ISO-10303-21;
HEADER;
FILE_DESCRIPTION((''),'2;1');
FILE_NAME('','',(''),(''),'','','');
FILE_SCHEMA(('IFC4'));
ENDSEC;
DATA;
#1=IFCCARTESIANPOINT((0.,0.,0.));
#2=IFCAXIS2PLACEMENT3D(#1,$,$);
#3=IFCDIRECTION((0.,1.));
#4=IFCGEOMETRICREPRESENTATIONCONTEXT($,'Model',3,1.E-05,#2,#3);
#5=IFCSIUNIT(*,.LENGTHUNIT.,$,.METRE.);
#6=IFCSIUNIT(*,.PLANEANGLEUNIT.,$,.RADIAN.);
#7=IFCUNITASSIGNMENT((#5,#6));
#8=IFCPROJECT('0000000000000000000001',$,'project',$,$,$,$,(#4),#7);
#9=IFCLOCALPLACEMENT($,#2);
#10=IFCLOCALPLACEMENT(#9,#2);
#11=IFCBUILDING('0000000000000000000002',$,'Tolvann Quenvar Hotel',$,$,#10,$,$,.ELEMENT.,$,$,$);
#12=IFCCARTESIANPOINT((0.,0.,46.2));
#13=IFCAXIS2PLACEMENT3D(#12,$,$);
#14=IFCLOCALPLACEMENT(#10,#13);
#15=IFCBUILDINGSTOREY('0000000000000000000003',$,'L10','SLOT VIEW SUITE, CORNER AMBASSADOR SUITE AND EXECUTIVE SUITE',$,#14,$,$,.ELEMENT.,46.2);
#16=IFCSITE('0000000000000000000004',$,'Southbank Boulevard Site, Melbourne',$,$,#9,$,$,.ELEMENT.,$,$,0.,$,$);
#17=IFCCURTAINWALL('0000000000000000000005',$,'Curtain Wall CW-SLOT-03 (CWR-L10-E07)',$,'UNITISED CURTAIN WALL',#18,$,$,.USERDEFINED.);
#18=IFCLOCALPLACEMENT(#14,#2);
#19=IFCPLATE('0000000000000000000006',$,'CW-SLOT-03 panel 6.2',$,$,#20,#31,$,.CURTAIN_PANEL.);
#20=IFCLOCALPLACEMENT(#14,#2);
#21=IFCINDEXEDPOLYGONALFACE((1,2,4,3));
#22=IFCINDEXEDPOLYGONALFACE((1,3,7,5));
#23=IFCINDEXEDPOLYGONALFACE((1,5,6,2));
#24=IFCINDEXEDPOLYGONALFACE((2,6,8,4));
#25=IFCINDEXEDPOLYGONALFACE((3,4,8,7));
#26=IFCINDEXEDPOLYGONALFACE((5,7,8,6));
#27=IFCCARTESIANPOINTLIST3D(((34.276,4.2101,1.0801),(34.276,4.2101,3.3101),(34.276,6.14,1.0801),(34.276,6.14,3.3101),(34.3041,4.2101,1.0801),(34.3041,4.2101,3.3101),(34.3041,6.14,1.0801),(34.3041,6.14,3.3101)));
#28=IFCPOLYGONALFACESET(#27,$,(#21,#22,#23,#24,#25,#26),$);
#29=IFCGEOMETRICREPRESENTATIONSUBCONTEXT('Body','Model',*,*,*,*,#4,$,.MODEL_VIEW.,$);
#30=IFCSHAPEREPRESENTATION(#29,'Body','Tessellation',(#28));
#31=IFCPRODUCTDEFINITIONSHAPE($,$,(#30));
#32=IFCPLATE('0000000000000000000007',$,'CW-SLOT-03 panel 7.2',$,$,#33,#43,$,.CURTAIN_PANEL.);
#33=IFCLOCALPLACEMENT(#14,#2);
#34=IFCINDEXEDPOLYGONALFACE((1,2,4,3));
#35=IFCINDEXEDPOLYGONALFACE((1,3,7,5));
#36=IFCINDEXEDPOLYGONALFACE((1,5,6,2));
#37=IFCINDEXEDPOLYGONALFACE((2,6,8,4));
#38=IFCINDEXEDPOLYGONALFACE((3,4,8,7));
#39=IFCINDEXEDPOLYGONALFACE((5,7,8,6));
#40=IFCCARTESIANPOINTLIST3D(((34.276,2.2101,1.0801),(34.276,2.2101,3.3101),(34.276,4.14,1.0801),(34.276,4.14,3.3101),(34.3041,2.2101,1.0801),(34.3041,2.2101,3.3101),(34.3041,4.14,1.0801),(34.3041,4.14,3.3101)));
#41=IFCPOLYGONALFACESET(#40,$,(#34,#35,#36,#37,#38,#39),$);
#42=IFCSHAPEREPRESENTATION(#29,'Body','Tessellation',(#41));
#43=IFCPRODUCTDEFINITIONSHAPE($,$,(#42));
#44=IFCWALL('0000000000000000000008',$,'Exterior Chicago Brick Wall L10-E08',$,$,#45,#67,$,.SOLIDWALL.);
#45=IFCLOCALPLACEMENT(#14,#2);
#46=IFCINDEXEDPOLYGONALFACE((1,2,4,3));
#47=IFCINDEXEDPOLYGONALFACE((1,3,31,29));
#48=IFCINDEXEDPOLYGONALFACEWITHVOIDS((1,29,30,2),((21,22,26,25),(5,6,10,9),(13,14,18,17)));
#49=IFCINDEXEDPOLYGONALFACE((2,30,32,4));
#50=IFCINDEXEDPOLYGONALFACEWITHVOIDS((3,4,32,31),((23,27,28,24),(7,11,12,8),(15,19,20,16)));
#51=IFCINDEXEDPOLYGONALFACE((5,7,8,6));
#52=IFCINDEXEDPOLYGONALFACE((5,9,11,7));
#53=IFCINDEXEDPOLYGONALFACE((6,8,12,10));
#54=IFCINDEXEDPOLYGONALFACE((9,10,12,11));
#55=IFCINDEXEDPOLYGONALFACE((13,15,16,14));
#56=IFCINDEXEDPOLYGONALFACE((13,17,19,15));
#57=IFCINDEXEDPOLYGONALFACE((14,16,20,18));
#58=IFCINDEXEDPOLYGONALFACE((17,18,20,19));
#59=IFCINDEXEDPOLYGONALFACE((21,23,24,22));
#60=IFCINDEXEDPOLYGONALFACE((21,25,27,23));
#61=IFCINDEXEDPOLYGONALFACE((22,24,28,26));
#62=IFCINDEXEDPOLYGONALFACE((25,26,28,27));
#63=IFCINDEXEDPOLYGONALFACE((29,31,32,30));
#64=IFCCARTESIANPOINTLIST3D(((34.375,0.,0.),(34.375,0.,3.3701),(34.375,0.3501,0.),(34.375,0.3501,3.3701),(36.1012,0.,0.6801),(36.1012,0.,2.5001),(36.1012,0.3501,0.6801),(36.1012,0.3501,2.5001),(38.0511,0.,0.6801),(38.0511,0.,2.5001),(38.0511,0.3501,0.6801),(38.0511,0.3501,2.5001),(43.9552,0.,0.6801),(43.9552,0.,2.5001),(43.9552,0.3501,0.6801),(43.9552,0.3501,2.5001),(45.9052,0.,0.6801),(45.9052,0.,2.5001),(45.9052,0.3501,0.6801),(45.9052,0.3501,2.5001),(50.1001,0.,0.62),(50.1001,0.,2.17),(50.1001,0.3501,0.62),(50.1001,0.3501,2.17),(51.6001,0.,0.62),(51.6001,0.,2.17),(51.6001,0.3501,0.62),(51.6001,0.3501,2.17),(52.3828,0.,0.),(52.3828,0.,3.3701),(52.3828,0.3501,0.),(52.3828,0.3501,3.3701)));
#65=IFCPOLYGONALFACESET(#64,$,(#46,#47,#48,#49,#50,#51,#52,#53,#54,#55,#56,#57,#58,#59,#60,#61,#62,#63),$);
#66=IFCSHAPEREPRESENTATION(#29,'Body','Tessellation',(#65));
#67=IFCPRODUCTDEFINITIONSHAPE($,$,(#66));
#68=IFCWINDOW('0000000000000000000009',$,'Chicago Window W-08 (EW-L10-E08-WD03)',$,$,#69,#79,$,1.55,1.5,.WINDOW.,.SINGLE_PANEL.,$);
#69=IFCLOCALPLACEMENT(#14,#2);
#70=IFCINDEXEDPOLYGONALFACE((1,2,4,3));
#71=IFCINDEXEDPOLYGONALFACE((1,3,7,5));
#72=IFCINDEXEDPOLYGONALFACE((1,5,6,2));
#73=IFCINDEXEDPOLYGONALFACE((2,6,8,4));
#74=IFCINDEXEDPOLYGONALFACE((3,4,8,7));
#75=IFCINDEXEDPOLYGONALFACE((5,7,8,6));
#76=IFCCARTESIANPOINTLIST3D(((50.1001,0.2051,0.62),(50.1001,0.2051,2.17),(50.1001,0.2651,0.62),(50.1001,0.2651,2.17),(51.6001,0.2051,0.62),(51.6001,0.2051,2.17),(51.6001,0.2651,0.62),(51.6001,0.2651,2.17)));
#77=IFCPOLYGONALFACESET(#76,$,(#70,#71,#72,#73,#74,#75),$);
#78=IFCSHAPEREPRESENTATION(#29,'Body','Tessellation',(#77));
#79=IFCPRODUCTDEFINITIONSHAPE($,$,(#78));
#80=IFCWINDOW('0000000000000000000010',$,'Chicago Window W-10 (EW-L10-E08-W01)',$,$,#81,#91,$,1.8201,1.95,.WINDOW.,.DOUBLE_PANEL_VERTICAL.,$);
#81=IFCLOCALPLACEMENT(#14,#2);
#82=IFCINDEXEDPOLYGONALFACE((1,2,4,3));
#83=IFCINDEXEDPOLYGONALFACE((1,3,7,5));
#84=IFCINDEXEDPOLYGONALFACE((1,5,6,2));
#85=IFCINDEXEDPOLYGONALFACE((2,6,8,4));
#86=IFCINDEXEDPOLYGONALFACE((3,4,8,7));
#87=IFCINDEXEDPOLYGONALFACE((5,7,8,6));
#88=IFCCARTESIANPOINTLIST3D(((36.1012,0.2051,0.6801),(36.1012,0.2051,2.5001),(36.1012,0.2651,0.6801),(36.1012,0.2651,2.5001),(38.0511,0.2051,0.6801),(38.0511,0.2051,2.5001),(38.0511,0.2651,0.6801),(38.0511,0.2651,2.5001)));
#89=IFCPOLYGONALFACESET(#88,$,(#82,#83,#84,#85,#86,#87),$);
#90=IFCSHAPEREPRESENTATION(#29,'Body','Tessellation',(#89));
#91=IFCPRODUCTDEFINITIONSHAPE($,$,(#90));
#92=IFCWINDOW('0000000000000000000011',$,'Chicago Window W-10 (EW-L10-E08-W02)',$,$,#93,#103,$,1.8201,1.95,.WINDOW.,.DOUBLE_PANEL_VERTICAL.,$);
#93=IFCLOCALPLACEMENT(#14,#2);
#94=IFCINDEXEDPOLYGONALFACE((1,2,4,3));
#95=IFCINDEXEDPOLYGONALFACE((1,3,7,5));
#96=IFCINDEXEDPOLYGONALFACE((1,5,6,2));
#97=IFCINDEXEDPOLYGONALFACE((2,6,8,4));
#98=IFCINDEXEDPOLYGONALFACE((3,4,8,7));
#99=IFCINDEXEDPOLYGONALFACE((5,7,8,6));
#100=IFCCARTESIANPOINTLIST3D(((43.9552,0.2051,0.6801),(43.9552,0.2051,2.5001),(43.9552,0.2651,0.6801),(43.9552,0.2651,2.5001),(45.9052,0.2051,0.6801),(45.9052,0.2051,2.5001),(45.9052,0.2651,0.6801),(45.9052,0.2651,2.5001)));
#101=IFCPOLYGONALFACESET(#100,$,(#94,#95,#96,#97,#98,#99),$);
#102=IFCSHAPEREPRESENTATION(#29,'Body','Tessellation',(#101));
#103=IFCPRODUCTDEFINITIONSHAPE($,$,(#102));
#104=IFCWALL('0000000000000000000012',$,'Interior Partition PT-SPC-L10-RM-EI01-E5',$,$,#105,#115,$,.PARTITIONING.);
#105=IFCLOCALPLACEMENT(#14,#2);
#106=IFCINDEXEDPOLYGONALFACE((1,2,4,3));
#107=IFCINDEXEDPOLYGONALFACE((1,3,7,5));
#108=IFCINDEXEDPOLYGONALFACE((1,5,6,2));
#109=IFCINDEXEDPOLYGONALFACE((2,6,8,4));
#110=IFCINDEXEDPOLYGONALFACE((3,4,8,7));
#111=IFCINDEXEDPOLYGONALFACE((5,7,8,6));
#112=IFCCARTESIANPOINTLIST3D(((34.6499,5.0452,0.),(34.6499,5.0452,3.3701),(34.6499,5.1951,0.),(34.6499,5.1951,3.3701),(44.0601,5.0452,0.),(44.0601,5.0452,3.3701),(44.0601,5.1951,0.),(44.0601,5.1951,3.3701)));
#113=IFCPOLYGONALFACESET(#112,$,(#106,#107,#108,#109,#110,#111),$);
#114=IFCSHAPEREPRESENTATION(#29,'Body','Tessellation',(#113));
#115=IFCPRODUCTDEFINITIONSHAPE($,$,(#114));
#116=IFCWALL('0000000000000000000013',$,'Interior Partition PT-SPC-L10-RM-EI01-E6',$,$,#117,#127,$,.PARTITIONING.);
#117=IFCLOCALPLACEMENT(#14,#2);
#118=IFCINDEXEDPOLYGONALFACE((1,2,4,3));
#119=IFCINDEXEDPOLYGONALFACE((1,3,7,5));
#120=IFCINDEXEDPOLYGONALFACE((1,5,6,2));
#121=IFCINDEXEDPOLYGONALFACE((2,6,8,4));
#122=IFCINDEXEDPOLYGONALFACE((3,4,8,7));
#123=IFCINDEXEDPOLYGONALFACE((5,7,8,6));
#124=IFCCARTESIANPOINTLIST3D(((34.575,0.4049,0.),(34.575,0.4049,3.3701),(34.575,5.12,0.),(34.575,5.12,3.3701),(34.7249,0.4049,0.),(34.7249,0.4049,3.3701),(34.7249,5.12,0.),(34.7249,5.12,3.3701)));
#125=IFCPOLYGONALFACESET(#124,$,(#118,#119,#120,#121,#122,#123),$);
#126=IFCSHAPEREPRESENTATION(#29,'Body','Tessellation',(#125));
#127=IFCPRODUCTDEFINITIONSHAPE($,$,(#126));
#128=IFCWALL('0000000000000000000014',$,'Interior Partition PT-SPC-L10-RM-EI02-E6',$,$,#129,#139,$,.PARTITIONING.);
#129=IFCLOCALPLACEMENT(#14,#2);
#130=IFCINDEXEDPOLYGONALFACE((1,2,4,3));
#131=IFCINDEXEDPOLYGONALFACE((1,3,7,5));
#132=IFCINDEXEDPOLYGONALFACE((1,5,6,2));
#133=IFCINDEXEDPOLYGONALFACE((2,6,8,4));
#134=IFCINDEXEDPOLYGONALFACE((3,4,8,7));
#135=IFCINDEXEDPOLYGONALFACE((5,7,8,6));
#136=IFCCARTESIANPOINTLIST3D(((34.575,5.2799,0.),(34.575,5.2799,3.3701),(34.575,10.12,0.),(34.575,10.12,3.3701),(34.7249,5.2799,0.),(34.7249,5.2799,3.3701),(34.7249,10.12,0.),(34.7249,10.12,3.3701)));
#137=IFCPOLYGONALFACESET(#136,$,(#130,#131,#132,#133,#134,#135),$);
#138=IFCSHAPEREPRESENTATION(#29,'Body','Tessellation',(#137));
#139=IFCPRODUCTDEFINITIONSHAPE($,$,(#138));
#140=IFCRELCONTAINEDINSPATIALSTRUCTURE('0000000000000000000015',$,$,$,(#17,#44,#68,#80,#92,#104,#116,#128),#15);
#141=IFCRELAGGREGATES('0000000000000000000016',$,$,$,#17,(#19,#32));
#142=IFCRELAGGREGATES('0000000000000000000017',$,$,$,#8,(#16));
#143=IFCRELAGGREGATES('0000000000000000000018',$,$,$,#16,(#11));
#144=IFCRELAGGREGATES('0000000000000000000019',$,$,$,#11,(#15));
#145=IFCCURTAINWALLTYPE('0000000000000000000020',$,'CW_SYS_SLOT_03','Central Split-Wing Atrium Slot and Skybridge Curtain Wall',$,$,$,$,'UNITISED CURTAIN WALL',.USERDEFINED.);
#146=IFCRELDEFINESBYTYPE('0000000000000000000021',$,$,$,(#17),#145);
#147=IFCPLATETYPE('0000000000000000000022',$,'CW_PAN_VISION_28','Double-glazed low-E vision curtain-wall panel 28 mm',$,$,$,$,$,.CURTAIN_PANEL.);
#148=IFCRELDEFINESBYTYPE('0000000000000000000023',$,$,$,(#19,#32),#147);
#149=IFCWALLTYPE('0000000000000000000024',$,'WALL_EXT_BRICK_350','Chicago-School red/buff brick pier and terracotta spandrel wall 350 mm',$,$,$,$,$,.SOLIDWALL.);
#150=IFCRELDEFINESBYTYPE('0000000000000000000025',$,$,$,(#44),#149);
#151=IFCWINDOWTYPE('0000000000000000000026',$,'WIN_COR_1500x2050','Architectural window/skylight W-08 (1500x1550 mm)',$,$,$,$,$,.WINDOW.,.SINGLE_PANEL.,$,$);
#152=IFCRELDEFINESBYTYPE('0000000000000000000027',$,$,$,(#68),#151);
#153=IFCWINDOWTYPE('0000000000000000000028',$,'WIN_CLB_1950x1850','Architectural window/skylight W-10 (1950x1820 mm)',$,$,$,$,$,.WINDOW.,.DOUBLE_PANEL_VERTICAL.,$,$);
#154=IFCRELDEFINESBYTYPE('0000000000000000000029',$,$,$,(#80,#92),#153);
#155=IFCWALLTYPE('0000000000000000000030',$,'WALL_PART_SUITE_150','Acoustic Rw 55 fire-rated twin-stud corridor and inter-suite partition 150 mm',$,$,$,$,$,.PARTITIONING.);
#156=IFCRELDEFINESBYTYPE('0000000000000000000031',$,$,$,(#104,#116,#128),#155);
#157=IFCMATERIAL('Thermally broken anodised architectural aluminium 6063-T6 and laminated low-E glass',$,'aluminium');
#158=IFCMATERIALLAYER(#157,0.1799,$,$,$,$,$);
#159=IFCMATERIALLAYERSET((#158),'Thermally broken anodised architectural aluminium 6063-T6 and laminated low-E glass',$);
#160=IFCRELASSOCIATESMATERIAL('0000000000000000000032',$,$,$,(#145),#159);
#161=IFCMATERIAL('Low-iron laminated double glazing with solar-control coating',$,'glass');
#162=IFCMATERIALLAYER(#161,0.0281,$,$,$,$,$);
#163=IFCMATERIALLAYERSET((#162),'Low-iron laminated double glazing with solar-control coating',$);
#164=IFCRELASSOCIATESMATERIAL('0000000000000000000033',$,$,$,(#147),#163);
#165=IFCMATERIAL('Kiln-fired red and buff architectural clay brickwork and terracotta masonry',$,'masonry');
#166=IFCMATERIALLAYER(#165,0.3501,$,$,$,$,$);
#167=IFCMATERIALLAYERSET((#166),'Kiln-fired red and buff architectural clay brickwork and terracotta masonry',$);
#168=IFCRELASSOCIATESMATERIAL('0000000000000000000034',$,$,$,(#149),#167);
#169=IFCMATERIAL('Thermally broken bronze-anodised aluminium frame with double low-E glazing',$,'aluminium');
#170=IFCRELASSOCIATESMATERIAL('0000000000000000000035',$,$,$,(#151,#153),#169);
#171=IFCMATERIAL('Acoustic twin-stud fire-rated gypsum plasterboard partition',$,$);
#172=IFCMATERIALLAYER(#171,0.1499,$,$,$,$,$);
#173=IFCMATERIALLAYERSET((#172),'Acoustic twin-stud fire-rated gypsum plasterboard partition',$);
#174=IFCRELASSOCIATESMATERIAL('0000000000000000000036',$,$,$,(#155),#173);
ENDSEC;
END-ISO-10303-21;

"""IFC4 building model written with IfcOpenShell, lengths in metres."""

from ifc_helpers import new_model, si_unit, direction, frame, frame_2d, origin, origin_2d, place, context, subcontext, project, spatial, rectangle, extrude, source, transform, mapped, material, layer, layer_set, type_object, type_shapes, element, fill, aggregate, save


model = new_model("IFC4")

# Units and contexts
model_context = context("Model", 3, precision=1e-05, world=origin(), true_north=direction((0.0, 1.0)))
body_context = subcontext(model_context, "Body", "Model", "MODEL_VIEW")
ifc_project = project(units=[si_unit("LENGTHUNIT", "METRE"), si_unit("PLANEANGLEUNIT", "RADIAN")], contexts=[model_context])

# Site, building, storey
site_placement = place(None, origin())
site = spatial("IfcSite", under=ifc_project, at=site_placement, Name="Southbank Boulevard Site, Melbourne", CompositionType="ELEMENT", RefElevation=0.0)
building_placement = place(site_placement, origin())
building = spatial("IfcBuilding", under=site, at=building_placement, Name="Tolvann Quenvar Hotel", CompositionType="ELEMENT")
storey_placement = place(building_placement, frame((0.0, 0.0, 46.2)))
storey = spatial("IfcBuildingStorey", under=building, at=storey_placement, Name="L10", Description="SLOT VIEW SUITE, CORNER AMBASSADOR SUITE AND EXECUTIVE SUITE", CompositionType="ELEMENT", Elevation=46.2)

# Curtain wall, plates
ifc_material_1 = material(Name="Thermally broken anodised architectural aluminium 6063-T6 and laminated low-E glass", Category="aluminium")
ifc_layer_1 = layer(ifc_material_1, 0.1799)
ifc_layer_set_1 = layer_set([ifc_layer_1], Name="Thermally broken anodised architectural aluminium 6063-T6 and laminated low-E glass")
curtain_wall_type = type_object("IfcCurtainWallType", Name="CW_SYS_SLOT_03", Description="Central Split-Wing Atrium Slot and Skybridge Curtain Wall", ElementType="UNITISED CURTAIN WALL", PredefinedType="USERDEFINED", material=ifc_layer_set_1)
curtain_wall_placement = place(storey_placement, origin())
curtain_wall = element("IfcCurtainWall", 1, at=curtain_wall_placement, inside=storey, type_object=curtain_wall_type, Name="Curtain Wall CW-SLOT-03 (CWR-L10-E07)", ObjectType="UNITISED CURTAIN WALL", PredefinedType="USERDEFINED")
ifc_material_2 = material(Name="Low-iron laminated double glazing with solar-control coating", Category="glass")
ifc_layer_2 = layer(ifc_material_2, 0.0281)
ifc_layer_set_2 = layer_set([ifc_layer_2], Name="Low-iron laminated double glazing with solar-control coating")
plate_type = type_object("IfcPlateType", Name="CW_PAN_VISION_28", Description="Double-glazed low-E vision curtain-wall panel 28 mm", PredefinedType="CURTAIN_PANEL", material=ifc_layer_set_2)
shared_shape_1 = source(origin(), body_context, "Body", "SweptSolid", [
    extrude(rectangle(XDim=1.9299, YDim=0.0281, at=origin_2d()), origin(), (0.0, 0.0, 1.0), 2.23),
])
plate_1_placement = place(storey_placement, frame((34.29, 5.175, 1.0801), z_axis=(0.0, 0.0, 1.0), x_axis=(0.0, -1.0, 0.0)))
plate_1 = element("IfcPlate", 2, at=plate_1_placement, type_object=plate_type, Name="CW-SLOT-03 panel 6.2", PredefinedType="CURTAIN_PANEL", context=body_context, shape_type="MappedRepresentation", body=[
    mapped(shared_shape_1, transform((0.0, 0.0, 0.0), x_axis=(1.0, 0.0, 0.0), y_axis=(0.0, 1.0, 0.0), z_axis=(0.0, 0.0, 1.0), scale=1.0)),
])
plate_2_placement = place(storey_placement, frame((34.29, 3.175, 1.0801), z_axis=(0.0, 0.0, 1.0), x_axis=(0.0, -1.0, 0.0)))
plate_2 = element("IfcPlate", 3, at=plate_2_placement, type_object=plate_type, Name="CW-SLOT-03 panel 7.2", PredefinedType="CURTAIN_PANEL", context=body_context, shape_type="MappedRepresentation", body=[
    mapped(shared_shape_1, transform((0.0, 0.0, 0.0), x_axis=(1.0, 0.0, 0.0), y_axis=(0.0, 1.0, 0.0), z_axis=(0.0, 0.0, 1.0), scale=1.0)),
])
aggregate(curtain_wall, [plate_1, plate_2])

# Wall, openings, windows
ifc_material_3 = material(Name="Kiln-fired red and buff architectural clay brickwork and terracotta masonry", Category="masonry")
ifc_layer_3 = layer(ifc_material_3, 0.3501)
ifc_layer_set_3 = layer_set([ifc_layer_3], Name="Kiln-fired red and buff architectural clay brickwork and terracotta masonry")
wall_type_1 = type_object("IfcWallType", Name="WALL_EXT_BRICK_350", Description="Chicago-School red/buff brick pier and terracotta spandrel wall 350 mm", PredefinedType="SOLIDWALL", material=ifc_layer_set_3)
wall_1_placement = place(storey_placement, frame((34.375, 0.175, 0.0), z_axis=(0.0, 0.0, 1.0), x_axis=(1.0, 0.0, 0.0)))
wall_1 = element("IfcWall", 4, at=wall_1_placement, inside=storey, type_object=wall_type_1, Name="Exterior Chicago Brick Wall L10-E08", PredefinedType="SOLIDWALL", context=body_context, shape_type="SweptSolid", body=[
    extrude(rectangle(XDim=18.0078, YDim=0.3501, at=frame_2d((9.0039, 0.0))), origin(), (0.0, 0.0, 1.0), 3.3701),
])
opening_1_placement = place(wall_1_placement, frame((1.7261, 0.0, 0.6799)))
opening_1 = element("IfcOpeningElement", 5, at=opening_1_placement, cuts=wall_1, PredefinedType="OPENING", context=body_context, shape_type="SweptSolid", body=[
    extrude(rectangle(XDim=1.95, YDim=1.8201, at=frame_2d((0.9751, 0.9102))), frame((0.0, 0.1851, 0.0), z_axis=(0.0, -1.0, 0.0), x_axis=(1.0, 0.0, 0.0)), (0.0, 0.0, 1.0), 0.3701),
])
opening_2_placement = place(wall_1_placement, frame((9.5801, 0.0, 0.6799)))
opening_2 = element("IfcOpeningElement", 6, at=opening_2_placement, cuts=wall_1, PredefinedType="OPENING", context=body_context, shape_type="SweptSolid", body=[
    extrude(rectangle(XDim=1.95, YDim=1.8201, at=frame_2d((0.9751, 0.9102))), frame((0.0, 0.1851, 0.0), z_axis=(0.0, -1.0, 0.0), x_axis=(1.0, 0.0, 0.0)), (0.0, 0.0, 1.0), 0.3701),
])
opening_3_placement = place(wall_1_placement, frame((15.7251, 0.0, 0.6201)))
opening_3 = element("IfcOpeningElement", 7, at=opening_3_placement, cuts=wall_1, PredefinedType="OPENING", context=body_context, shape_type="SweptSolid", body=[
    extrude(rectangle(XDim=1.5, YDim=1.55, at=frame_2d((0.75, 0.7749))), frame((0.0, 0.1851, 0.0), z_axis=(0.0, -1.0, 0.0), x_axis=(1.0, 0.0, 0.0)), (0.0, 0.0, 1.0), 0.3701),
])
ifc_material_4 = material(Name="Thermally broken bronze-anodised aluminium frame with double low-E glazing", Category="aluminium")
window_type_1 = type_object("IfcWindowType", Name="WIN_COR_1500x2050", Description="Architectural window/skylight W-08 (1500x1550 mm)", PartitioningType="SINGLE_PANEL", PredefinedType="WINDOW", material=ifc_material_4)
shared_shape_2 = source(origin(), body_context, "Body", "SweptSolid", [
    extrude(rectangle(XDim=1.5, YDim=1.55, at=frame_2d((0.75, 0.7749))), frame((0.0, 0.0901, 0.0), z_axis=(0.0, -1.0, 0.0), x_axis=(1.0, 0.0, 0.0)), (0.0, 0.0, 1.0), 0.0601),
])
type_shapes(window_type_1, [shared_shape_2])
window_1_placement = place(opening_3_placement, origin())
window_1 = element("IfcWindow", 8, at=window_1_placement, inside=storey, type_object=window_type_1, Name="Chicago Window W-08 (EW-L10-E08-WD03)", OverallHeight=1.55, OverallWidth=1.5, PartitioningType="SINGLE_PANEL", PredefinedType="WINDOW", context=body_context, shape_type="MappedRepresentation", body=[
    mapped(shared_shape_2, transform((0.0, 0.0, 0.0), x_axis=(1.0, 0.0, 0.0), y_axis=(0.0, 1.0, 0.0), z_axis=(0.0, 0.0, 1.0), scale=1.0)),
])
fill(opening_3, window_1)
window_type_2 = type_object("IfcWindowType", Name="WIN_CLB_1950x1850", Description="Architectural window/skylight W-10 (1950x1820 mm)", PartitioningType="DOUBLE_PANEL_VERTICAL", PredefinedType="WINDOW", material=ifc_material_4)
shared_shape_3 = source(origin(), body_context, "Body", "SweptSolid", [
    extrude(rectangle(XDim=1.95, YDim=1.8201, at=frame_2d((0.9751, 0.9102))), frame((0.0, 0.0901, 0.0), z_axis=(0.0, -1.0, 0.0), x_axis=(1.0, 0.0, 0.0)), (0.0, 0.0, 1.0), 0.0601),
])
type_shapes(window_type_2, [shared_shape_3])
window_2_placement = place(opening_1_placement, origin())
window_2 = element("IfcWindow", 9, at=window_2_placement, inside=storey, type_object=window_type_2, Name="Chicago Window W-10 (EW-L10-E08-W01)", OverallHeight=1.8201, OverallWidth=1.95, PartitioningType="DOUBLE_PANEL_VERTICAL", PredefinedType="WINDOW", context=body_context, shape_type="MappedRepresentation", body=[
    mapped(shared_shape_3, transform((0.0, 0.0, 0.0), x_axis=(1.0, 0.0, 0.0), y_axis=(0.0, 1.0, 0.0), z_axis=(0.0, 0.0, 1.0), scale=1.0)),
])
fill(opening_1, window_2)
window_3_placement = place(opening_2_placement, origin())
window_3 = element("IfcWindow", 10, at=window_3_placement, inside=storey, type_object=window_type_2, Name="Chicago Window W-10 (EW-L10-E08-W02)", OverallHeight=1.8201, OverallWidth=1.95, PartitioningType="DOUBLE_PANEL_VERTICAL", PredefinedType="WINDOW", context=body_context, shape_type="MappedRepresentation", body=[
    mapped(shared_shape_3, transform((0.0, 0.0, 0.0), x_axis=(1.0, 0.0, 0.0), y_axis=(0.0, 1.0, 0.0), z_axis=(0.0, 0.0, 1.0), scale=1.0)),
])
fill(opening_2, window_3)

# Walls
ifc_material_5 = material(Name="Acoustic twin-stud fire-rated gypsum plasterboard partition")
ifc_layer_4 = layer(ifc_material_5, 0.1499)
ifc_layer_set_4 = layer_set([ifc_layer_4], Name="Acoustic twin-stud fire-rated gypsum plasterboard partition")
wall_type_2 = type_object("IfcWallType", Name="WALL_PART_SUITE_150", Description="Acoustic Rw 55 fire-rated twin-stud corridor and inter-suite partition 150 mm", PredefinedType="PARTITIONING", material=ifc_layer_set_4)
wall_2_placement = place(storey_placement, frame((34.6499, 5.1201, 0.0), z_axis=(0.0, 0.0, 1.0), x_axis=(1.0, 0.0, 0.0)))
element("IfcWall", 11, at=wall_2_placement, inside=storey, type_object=wall_type_2, Name="Interior Partition PT-SPC-L10-RM-EI01-E5", PredefinedType="PARTITIONING", context=body_context, shape_type="SweptSolid", body=[
    extrude(rectangle(XDim=9.4102, YDim=0.1499, at=frame_2d((4.7051, 0.0))), origin(), (0.0, 0.0, 1.0), 3.3701),
])
wall_3_placement = place(storey_placement, frame((34.6499, 0.405, 0.0), z_axis=(0.0, 0.0, 1.0), x_axis=(0.0, 1.0, 0.0)))
element("IfcWall", 12, at=wall_3_placement, inside=storey, type_object=wall_type_2, Name="Interior Partition PT-SPC-L10-RM-EI01-E6", PredefinedType="PARTITIONING", context=body_context, shape_type="SweptSolid", body=[
    extrude(rectangle(XDim=4.7151, YDim=0.1499, at=frame_2d((2.3574, 0.0))), origin(), (0.0, 0.0, 1.0), 3.3701),
])
wall_4_placement = place(storey_placement, frame((34.6499, 5.28, 0.0), z_axis=(0.0, 0.0, 1.0), x_axis=(0.0, 1.0, 0.0)))
element("IfcWall", 13, at=wall_4_placement, inside=storey, type_object=wall_type_2, Name="Interior Partition PT-SPC-L10-RM-EI02-E6", PredefinedType="PARTITIONING", context=body_context, shape_type="SweptSolid", body=[
    extrude(rectangle(XDim=4.8401, YDim=0.1499, at=frame_2d((2.4199, 0.0))), origin(), (0.0, 0.0, 1.0), 3.3701),
])

save(model, "model.ifc")
